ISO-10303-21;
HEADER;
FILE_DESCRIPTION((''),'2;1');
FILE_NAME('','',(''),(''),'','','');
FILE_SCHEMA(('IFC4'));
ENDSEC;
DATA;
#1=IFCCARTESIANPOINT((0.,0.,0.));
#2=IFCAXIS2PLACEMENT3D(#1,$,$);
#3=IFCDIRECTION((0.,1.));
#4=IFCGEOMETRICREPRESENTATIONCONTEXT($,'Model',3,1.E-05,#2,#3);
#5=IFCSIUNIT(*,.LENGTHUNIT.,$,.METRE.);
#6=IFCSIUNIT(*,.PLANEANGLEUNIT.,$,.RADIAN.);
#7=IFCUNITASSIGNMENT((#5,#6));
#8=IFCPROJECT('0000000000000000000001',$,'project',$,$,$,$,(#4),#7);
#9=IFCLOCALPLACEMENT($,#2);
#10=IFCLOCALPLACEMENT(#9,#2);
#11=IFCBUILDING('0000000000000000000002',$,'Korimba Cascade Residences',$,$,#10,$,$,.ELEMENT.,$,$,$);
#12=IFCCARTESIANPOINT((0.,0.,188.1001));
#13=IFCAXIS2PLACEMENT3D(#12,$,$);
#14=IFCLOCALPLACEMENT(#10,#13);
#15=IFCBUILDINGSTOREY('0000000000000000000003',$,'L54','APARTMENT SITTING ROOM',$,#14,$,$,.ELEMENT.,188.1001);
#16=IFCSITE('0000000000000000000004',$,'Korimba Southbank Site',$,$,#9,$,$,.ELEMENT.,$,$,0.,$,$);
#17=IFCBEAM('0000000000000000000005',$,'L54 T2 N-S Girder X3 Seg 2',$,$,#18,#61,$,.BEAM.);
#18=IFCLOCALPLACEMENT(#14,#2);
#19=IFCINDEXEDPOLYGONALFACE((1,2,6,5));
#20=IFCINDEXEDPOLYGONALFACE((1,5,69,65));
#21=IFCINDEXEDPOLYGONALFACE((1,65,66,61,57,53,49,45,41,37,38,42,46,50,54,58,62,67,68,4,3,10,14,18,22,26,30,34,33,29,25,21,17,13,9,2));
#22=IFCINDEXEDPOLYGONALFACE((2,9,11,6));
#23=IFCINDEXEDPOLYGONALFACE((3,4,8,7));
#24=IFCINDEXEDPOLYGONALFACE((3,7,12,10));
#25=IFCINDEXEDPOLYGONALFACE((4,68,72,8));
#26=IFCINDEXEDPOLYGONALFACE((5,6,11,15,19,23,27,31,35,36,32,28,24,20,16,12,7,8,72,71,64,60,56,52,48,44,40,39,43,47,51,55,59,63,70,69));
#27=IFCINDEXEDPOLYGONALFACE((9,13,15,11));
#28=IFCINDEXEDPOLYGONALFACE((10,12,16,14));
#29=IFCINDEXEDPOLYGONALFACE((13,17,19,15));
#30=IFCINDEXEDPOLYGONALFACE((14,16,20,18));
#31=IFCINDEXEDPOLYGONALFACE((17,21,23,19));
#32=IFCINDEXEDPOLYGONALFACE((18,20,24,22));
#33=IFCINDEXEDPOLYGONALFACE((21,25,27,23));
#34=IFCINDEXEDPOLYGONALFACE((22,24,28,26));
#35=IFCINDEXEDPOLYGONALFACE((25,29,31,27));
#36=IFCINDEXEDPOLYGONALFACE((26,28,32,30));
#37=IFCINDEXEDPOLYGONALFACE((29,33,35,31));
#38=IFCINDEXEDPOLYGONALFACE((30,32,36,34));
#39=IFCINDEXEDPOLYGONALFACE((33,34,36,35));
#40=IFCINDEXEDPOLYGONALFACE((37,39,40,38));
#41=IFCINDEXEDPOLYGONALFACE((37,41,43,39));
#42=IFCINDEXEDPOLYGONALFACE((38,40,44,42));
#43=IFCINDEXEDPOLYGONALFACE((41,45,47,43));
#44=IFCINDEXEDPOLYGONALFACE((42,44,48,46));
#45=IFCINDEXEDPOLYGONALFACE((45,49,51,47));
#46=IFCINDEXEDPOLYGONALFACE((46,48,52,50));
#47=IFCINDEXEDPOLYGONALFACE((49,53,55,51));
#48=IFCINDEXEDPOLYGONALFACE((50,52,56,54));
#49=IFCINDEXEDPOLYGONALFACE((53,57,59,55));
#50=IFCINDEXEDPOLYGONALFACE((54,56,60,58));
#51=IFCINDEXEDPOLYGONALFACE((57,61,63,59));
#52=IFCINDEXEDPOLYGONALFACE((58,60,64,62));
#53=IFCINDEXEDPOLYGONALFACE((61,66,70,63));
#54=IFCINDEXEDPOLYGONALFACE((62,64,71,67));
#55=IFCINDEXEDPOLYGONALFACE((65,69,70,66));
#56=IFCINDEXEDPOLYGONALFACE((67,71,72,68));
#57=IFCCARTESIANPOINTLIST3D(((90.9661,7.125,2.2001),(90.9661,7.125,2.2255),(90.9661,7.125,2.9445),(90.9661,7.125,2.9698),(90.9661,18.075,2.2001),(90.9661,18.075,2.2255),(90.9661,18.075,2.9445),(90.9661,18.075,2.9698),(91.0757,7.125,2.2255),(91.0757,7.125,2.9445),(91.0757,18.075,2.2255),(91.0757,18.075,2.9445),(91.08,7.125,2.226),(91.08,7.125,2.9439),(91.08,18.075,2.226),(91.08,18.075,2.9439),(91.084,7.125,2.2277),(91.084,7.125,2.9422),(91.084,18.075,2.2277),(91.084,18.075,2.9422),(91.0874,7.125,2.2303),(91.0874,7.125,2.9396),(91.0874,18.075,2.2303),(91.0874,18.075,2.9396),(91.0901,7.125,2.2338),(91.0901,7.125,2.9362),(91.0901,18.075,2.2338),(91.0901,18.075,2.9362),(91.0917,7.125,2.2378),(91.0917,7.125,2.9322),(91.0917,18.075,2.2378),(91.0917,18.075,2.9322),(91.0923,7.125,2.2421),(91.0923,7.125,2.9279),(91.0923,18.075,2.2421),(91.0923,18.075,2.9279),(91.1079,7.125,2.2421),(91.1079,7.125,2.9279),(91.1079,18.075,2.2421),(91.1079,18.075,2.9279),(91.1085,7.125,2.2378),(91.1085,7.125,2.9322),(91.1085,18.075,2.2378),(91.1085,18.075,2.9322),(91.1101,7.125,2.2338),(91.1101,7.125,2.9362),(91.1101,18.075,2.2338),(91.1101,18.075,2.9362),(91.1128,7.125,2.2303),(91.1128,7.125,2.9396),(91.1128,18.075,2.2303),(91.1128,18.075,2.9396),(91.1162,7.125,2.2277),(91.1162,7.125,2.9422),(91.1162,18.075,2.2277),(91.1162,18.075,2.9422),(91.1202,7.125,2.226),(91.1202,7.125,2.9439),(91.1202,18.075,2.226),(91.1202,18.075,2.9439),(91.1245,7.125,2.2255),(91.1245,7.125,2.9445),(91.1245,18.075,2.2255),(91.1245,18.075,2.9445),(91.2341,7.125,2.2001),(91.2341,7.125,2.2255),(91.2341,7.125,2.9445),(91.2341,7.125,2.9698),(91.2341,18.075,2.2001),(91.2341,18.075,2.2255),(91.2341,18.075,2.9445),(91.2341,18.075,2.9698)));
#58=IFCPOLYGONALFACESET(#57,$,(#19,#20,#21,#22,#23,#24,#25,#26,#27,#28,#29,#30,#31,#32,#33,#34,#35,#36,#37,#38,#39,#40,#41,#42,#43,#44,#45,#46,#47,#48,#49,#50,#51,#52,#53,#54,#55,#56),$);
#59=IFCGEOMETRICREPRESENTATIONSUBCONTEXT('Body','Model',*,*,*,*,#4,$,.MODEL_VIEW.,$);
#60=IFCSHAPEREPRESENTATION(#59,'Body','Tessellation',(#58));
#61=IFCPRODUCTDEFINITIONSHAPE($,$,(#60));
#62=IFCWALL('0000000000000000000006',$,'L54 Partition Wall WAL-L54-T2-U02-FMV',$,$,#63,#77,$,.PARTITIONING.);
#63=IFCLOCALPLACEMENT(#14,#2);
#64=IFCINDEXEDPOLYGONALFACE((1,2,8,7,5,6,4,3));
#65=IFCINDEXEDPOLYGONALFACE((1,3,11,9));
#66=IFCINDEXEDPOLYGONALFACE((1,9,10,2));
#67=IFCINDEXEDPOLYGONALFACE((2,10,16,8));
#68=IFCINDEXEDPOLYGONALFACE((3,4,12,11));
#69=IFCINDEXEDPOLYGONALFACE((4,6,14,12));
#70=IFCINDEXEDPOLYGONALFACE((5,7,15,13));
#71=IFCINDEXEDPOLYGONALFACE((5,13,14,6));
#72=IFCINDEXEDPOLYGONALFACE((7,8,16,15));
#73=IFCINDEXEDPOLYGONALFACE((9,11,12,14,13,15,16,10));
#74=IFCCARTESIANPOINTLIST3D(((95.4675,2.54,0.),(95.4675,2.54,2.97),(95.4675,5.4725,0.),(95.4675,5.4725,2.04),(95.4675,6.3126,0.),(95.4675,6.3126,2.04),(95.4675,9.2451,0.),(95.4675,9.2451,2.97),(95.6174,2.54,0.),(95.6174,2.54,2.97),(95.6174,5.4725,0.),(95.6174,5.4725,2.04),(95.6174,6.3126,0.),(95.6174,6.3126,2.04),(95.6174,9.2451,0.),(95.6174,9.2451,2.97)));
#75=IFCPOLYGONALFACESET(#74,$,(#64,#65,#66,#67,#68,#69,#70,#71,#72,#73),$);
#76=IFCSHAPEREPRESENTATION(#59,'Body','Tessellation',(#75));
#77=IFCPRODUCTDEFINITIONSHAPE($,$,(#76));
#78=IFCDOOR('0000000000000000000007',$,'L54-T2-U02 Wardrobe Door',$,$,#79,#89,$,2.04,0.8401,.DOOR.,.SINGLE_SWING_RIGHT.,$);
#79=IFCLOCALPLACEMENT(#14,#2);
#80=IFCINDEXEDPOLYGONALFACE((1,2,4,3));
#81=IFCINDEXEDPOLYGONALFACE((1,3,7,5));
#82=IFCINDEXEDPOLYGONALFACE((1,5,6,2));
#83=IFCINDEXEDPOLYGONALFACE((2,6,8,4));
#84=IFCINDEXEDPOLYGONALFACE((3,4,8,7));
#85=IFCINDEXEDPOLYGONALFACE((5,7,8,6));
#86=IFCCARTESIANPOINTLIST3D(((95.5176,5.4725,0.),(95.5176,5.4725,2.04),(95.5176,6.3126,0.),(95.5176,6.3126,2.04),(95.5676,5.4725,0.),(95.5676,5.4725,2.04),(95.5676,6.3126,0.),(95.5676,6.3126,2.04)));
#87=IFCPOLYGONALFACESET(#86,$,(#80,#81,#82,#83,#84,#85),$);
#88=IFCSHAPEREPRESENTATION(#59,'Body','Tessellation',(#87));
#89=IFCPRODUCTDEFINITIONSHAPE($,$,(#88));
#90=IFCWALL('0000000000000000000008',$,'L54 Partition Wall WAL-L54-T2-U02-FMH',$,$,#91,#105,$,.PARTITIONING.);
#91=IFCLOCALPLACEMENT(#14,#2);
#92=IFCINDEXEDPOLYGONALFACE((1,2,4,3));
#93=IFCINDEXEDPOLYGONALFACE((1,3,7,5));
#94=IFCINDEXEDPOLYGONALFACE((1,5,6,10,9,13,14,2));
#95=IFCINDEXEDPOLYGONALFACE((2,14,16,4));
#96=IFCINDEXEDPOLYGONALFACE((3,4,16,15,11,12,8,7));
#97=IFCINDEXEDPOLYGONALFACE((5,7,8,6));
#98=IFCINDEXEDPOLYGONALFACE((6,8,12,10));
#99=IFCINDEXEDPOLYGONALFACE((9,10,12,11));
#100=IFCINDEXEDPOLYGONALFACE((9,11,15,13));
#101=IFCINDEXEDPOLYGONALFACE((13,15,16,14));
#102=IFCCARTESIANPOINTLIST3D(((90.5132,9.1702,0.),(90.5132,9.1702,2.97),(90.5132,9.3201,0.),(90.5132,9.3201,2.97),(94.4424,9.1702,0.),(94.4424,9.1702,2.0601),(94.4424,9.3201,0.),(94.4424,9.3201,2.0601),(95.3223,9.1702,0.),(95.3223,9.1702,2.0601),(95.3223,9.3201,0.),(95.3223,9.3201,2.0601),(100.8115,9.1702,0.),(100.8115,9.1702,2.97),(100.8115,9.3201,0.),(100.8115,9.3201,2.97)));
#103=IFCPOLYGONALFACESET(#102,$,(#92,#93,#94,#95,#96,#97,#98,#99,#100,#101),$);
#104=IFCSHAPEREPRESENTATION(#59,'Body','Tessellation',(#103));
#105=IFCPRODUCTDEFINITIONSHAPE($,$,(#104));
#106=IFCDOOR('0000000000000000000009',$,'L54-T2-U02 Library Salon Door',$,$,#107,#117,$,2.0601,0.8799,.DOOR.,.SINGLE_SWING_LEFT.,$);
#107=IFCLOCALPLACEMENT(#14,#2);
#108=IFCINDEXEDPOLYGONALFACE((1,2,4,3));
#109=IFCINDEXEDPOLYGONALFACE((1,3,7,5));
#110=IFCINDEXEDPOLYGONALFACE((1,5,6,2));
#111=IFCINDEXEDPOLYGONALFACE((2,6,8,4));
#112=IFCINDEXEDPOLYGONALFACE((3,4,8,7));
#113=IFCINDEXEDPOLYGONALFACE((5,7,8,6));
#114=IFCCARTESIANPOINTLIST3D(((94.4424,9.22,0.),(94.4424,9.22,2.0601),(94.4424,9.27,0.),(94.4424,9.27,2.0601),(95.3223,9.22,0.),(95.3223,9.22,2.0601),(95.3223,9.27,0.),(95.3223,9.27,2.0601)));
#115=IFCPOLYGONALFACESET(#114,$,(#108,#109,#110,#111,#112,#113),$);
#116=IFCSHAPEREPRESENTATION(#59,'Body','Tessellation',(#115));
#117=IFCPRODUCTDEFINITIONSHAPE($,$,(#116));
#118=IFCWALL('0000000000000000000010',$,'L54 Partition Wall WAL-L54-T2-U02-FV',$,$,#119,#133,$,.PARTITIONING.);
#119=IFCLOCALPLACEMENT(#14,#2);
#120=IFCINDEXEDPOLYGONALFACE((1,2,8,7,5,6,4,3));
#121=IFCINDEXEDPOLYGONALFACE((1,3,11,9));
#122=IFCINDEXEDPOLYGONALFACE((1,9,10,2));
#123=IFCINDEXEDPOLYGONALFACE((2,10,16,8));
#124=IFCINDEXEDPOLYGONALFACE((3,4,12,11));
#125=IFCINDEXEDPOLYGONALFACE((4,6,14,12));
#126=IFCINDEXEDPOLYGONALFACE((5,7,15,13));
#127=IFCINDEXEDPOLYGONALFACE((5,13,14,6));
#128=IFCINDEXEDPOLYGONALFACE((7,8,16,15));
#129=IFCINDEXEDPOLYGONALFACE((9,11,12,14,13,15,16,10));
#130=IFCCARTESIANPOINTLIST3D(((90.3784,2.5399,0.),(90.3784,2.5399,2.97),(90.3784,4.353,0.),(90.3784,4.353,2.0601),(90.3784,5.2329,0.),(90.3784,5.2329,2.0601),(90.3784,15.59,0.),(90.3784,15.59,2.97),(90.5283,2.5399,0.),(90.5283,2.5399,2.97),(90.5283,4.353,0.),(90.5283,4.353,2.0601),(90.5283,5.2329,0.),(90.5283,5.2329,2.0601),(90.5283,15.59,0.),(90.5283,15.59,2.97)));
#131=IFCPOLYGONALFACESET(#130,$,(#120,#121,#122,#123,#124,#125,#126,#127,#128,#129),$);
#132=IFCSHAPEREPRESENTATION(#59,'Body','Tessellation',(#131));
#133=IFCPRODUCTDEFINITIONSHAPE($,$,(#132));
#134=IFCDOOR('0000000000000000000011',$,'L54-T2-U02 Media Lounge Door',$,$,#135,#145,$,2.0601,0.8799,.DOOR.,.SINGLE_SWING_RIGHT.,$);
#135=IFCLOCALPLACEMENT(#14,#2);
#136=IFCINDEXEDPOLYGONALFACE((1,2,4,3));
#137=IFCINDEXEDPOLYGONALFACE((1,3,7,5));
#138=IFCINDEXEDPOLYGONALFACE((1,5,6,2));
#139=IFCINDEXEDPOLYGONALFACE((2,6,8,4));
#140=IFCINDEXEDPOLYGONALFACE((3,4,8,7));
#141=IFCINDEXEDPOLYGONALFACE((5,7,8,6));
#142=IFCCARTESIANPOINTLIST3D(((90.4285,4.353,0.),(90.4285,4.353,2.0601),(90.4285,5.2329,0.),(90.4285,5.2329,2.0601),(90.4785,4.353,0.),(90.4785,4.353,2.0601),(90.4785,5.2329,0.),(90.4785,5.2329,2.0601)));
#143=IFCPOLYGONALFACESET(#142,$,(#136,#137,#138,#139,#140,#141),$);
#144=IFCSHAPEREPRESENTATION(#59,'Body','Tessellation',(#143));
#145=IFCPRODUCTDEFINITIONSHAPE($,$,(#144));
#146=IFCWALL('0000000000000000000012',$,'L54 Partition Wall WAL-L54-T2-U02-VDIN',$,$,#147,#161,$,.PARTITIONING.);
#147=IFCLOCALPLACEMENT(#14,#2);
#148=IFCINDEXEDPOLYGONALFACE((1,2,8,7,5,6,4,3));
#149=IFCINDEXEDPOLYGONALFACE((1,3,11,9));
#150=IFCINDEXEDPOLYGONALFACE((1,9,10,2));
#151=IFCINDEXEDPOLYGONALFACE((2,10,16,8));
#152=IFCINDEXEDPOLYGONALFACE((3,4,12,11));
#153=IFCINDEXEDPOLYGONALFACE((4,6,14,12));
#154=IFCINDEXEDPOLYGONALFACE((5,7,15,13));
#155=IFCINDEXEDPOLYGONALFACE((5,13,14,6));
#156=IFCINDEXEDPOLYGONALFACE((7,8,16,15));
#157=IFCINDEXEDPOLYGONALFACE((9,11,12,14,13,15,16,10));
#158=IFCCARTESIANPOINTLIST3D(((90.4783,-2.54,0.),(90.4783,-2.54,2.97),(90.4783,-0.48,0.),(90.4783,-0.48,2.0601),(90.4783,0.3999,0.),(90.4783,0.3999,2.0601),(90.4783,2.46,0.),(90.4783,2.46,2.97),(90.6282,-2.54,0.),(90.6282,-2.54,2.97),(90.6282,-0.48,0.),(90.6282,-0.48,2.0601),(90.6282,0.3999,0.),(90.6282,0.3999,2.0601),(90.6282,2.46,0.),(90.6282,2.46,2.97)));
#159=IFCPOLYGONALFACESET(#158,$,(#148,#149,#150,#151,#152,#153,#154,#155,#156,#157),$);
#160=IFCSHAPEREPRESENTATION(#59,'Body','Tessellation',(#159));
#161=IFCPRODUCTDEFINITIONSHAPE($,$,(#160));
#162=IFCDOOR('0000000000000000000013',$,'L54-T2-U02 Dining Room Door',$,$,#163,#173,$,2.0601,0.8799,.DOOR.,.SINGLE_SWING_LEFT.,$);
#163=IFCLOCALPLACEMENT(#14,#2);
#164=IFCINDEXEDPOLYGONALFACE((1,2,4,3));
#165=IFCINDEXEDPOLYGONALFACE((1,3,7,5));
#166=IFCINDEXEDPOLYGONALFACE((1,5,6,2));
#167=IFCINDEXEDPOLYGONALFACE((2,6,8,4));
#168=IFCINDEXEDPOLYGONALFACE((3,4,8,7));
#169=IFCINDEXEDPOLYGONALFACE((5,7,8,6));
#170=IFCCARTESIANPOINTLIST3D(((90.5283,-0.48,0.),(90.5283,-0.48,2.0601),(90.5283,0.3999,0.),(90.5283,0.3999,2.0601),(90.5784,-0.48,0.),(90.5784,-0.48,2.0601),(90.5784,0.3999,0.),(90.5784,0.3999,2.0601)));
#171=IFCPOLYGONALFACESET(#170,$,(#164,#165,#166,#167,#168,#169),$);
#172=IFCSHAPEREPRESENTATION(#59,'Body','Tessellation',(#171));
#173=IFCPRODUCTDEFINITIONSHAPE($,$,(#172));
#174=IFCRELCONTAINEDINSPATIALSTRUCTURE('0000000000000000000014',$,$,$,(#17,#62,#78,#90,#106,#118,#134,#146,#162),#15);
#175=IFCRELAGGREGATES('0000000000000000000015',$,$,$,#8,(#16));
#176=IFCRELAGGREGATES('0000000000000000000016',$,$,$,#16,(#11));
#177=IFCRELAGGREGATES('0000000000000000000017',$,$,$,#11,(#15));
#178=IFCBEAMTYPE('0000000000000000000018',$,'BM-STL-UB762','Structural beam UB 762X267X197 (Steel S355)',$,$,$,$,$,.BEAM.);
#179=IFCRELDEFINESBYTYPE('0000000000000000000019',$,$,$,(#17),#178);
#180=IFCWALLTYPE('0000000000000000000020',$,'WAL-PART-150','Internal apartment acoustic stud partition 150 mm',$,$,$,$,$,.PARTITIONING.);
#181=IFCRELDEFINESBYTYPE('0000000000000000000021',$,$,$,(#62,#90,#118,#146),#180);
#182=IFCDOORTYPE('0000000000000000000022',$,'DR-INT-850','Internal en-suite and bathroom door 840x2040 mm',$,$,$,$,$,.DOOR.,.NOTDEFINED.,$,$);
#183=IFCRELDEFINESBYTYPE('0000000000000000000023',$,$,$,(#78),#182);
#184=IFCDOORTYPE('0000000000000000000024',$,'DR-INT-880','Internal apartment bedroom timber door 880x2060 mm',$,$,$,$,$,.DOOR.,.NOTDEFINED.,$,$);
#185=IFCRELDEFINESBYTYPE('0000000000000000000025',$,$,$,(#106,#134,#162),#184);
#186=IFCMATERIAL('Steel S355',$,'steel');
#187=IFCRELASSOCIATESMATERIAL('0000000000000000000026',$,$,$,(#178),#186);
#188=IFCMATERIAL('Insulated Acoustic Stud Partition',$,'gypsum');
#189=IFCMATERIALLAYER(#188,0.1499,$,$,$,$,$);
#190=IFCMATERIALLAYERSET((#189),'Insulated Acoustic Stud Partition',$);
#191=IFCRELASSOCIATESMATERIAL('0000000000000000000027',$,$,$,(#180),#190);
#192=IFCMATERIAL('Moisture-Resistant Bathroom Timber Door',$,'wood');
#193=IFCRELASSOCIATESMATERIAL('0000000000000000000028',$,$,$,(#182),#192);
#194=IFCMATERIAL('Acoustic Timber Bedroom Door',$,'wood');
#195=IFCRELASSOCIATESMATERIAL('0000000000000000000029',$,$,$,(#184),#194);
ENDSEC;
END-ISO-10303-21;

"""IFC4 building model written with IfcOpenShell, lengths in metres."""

from ifc_helpers import new_model, si_unit, direction, frame, frame_2d, origin, origin_2d, place, context, subcontext, project, spatial, rectangle, i_section, extrude, material, layer, layer_set, material_profile, profile_set, type_object, element, fill, save


model = new_model("IFC4")

# Units and contexts
model_context = context("Model", 3, precision=1e-05, world=origin(), true_north=direction((0.0, 1.0)))
body_context = subcontext(model_context, "Body", "Model", "MODEL_VIEW")
ifc_project = project(units=[si_unit("LENGTHUNIT", "METRE"), si_unit("PLANEANGLEUNIT", "RADIAN")], contexts=[model_context])

# Site, building, storey
site_placement = place(None, origin())
site = spatial("IfcSite", under=ifc_project, at=site_placement, Name="Korimba Southbank Site", CompositionType="ELEMENT", RefElevation=0.0)
building_placement = place(site_placement, origin())
building = spatial("IfcBuilding", under=site, at=building_placement, Name="Korimba Cascade Residences", CompositionType="ELEMENT")
storey_placement = place(building_placement, frame((0.0, 0.0, 188.1001)))
storey = spatial("IfcBuildingStorey", under=building, at=storey_placement, Name="L54", Description="APARTMENT SITTING ROOM", CompositionType="ELEMENT", Elevation=188.1001)

# Beam
ifc_material_1 = material(Name="Steel S355", Category="steel")
ifc_material_profile_1 = material_profile(ifc_material_1, i_section(OverallWidth=0.2681, OverallDepth=0.7698, WebThickness=0.0156, FlangeThickness=0.0254, FilletRadius=0.0166, at=origin_2d()), Name="Steel S355")
ifc_profile_set_1 = profile_set([ifc_material_profile_1], Name="Steel S355")
beam_type_1 = type_object("IfcBeamType", Name="BM-STL-UB762", Description="Structural beam UB 762X267X197 (Steel S355)", PredefinedType="BEAM", material=ifc_profile_set_1)
for number, where, z_axis, x_axis, name in (
    (1, (91.1001, 7.125, 2.585), (0.0, 1.0, 0.0), (-1.0, 0.0, 0.0), "L54 T2 N-S Girder X3 Seg 2"),
):
    element("IfcBeam", number, at=place(storey_placement, frame(where, z_axis=z_axis, x_axis=x_axis)), inside=storey, type_object=beam_type_1, Name=name, PredefinedType="BEAM", context=body_context, shape_type="SweptSolid", body=[
        extrude(i_section(OverallWidth=0.2681, OverallDepth=0.7698, WebThickness=0.0156, FlangeThickness=0.0254, FilletRadius=0.0166, at=origin_2d()), origin(), (0.0, 0.0, 1.0), 10.95),
    ])

# Walls, openings, doors
ifc_material_2 = material(Name="Insulated Acoustic Stud Partition", Category="gypsum")
ifc_layer = layer(ifc_material_2, 0.1499)
ifc_layer_set = layer_set([ifc_layer], Name="Insulated Acoustic Stud Partition")
wall_type = type_object("IfcWallType", Name="WAL-PART-150", Description="Internal apartment acoustic stud partition 150 mm", PredefinedType="PARTITIONING", material=ifc_layer_set)
wall_1_placement = place(storey_placement, frame((95.5425, 2.54, 0.0), z_axis=(0.0, 0.0, 1.0), x_axis=(0.0, 1.0, 0.0)))
wall_1 = element("IfcWall", 2, at=wall_1_placement, inside=storey, type_object=wall_type, Name="L54 Partition Wall WAL-L54-T2-U02-FMV", PredefinedType="PARTITIONING", context=body_context, shape_type="SweptSolid", body=[
    extrude(rectangle(XDim=6.7051, YDim=0.1499, at=frame_2d((3.3525, 0.0))), origin(), (0.0, 0.0, 1.0), 2.97),
])
opening_1_placement = place(wall_1_placement, frame((2.9326, 0.0, 0.0)))
opening_1 = element("IfcOpeningElement", 3, at=opening_1_placement, cuts=wall_1, PredefinedType="OPENING", context=body_context, shape_type="SweptSolid", body=[
    extrude(rectangle(XDim=0.8401, YDim=2.04, at=frame_2d((0.4199, 1.02))), frame((0.0, 0.085, 0.0), z_axis=(0.0, -1.0, 0.0), x_axis=(1.0, 0.0, 0.0)), (0.0, 0.0, 1.0), 0.1699),
])
ifc_material_3 = material(Name="Moisture-Resistant Bathroom Timber Door", Category="wood")
door_type_1 = type_object("IfcDoorType", Name="DR-INT-850", Description="Internal en-suite and bathroom door 840x2040 mm", OperationType="NOTDEFINED", PredefinedType="DOOR", material=ifc_material_3)
door_1_placement = place(opening_1_placement, origin())
door_1 = element("IfcDoor", 4, at=door_1_placement, inside=storey, type_object=door_type_1, Name="L54-T2-U02 Wardrobe Door", OperationType="SINGLE_SWING_RIGHT", OverallHeight=2.04, OverallWidth=0.8401, PredefinedType="DOOR", context=body_context, shape_type="SweptSolid", body=[
    extrude(rectangle(XDim=0.8401, YDim=2.04, at=frame_2d((0.4199, 1.02))), frame((0.0, 0.0249, 0.0), z_axis=(0.0, -1.0, 0.0), x_axis=(1.0, 0.0, 0.0)), (0.0, 0.0, 1.0), 0.05),
])
fill(opening_1, door_1)
wall_2_placement = place(storey_placement, frame((90.5132, 9.2451, 0.0), z_axis=(0.0, 0.0, 1.0), x_axis=(1.0, 0.0, 0.0)))
wall_2 = element("IfcWall", 5, at=wall_2_placement, inside=storey, type_object=wall_type, Name="L54 Partition Wall WAL-L54-T2-U02-FMH", PredefinedType="PARTITIONING", context=body_context, shape_type="SweptSolid", body=[
    extrude(rectangle(XDim=10.2983, YDim=0.1499, at=frame_2d((5.1492, 0.0))), origin(), (0.0, 0.0, 1.0), 2.97),
])
opening_2_placement = place(wall_2_placement, frame((3.9292, 0.0, 0.0)))
opening_2 = element("IfcOpeningElement", 6, at=opening_2_placement, cuts=wall_2, PredefinedType="OPENING", context=body_context, shape_type="SweptSolid", body=[
    extrude(rectangle(XDim=0.8799, YDim=2.0601, at=frame_2d((0.4399, 1.03))), frame((0.0, 0.085, 0.0), z_axis=(0.0, -1.0, 0.0), x_axis=(1.0, 0.0, 0.0)), (0.0, 0.0, 1.0), 0.1699),
])
ifc_material_4 = material(Name="Acoustic Timber Bedroom Door", Category="wood")
door_type_2 = type_object("IfcDoorType", Name="DR-INT-880", Description="Internal apartment bedroom timber door 880x2060 mm", OperationType="NOTDEFINED", PredefinedType="DOOR", material=ifc_material_4)
door_2_placement = place(opening_2_placement, origin())
door_2 = element("IfcDoor", 7, at=door_2_placement, inside=storey, type_object=door_type_2, Name="L54-T2-U02 Library Salon Door", OperationType="SINGLE_SWING_LEFT", OverallHeight=2.0601, OverallWidth=0.8799, PredefinedType="DOOR", context=body_context, shape_type="SweptSolid", body=[
    extrude(rectangle(XDim=0.8799, YDim=2.0601, at=frame_2d((0.4399, 1.03))), frame((0.0, 0.0249, 0.0), z_axis=(0.0, -1.0, 0.0), x_axis=(1.0, 0.0, 0.0)), (0.0, 0.0, 1.0), 0.05),
])
fill(opening_2, door_2)
wall_3_placement = place(storey_placement, frame((90.4534, 2.54, 0.0), z_axis=(0.0, 0.0, 1.0), x_axis=(0.0, 1.0, 0.0)))
wall_3 = element("IfcWall", 8, at=wall_3_placement, inside=storey, type_object=wall_type, Name="L54 Partition Wall WAL-L54-T2-U02-FV", PredefinedType="PARTITIONING", context=body_context, shape_type="SweptSolid", body=[
    extrude(rectangle(XDim=13.05, YDim=0.1499, at=frame_2d((6.5249, 0.0))), origin(), (0.0, 0.0, 1.0), 2.97),
])
opening_3_placement = place(wall_3_placement, frame((1.813, 0.0, 0.0)))
opening_3 = element("IfcOpeningElement", 9, at=opening_3_placement, cuts=wall_3, PredefinedType="OPENING", context=body_context, shape_type="SweptSolid", body=[
    extrude(rectangle(XDim=0.8799, YDim=2.0601, at=frame_2d((0.4399, 1.03))), frame((0.0, 0.085, 0.0), z_axis=(0.0, -1.0, 0.0), x_axis=(1.0, 0.0, 0.0)), (0.0, 0.0, 1.0), 0.1699),
])
door_3_placement = place(opening_3_placement, origin())
door_3 = element("IfcDoor", 10, at=door_3_placement, inside=storey, type_object=door_type_2, Name="L54-T2-U02 Media Lounge Door", OperationType="SINGLE_SWING_RIGHT", OverallHeight=2.0601, OverallWidth=0.8799, PredefinedType="DOOR", context=body_context, shape_type="SweptSolid", body=[
    extrude(rectangle(XDim=0.8799, YDim=2.0601, at=frame_2d((0.4399, 1.03))), frame((0.0, 0.0249, 0.0), z_axis=(0.0, -1.0, 0.0), x_axis=(1.0, 0.0, 0.0)), (0.0, 0.0, 1.0), 0.05),
])
fill(opening_3, door_3)
wall_4_placement = place(storey_placement, frame((90.5532, -2.54, 0.0), z_axis=(0.0, 0.0, 1.0), x_axis=(0.0, 1.0, 0.0)))
wall_4 = element("IfcWall", 11, at=wall_4_placement, inside=storey, type_object=wall_type, Name="L54 Partition Wall WAL-L54-T2-U02-VDIN", PredefinedType="PARTITIONING", context=body_context, shape_type="SweptSolid", body=[
    extrude(rectangle(XDim=5.0, YDim=0.1499, at=frame_2d((2.5, 0.0))), origin(), (0.0, 0.0, 1.0), 2.97),
])
opening_4_placement = place(wall_4_placement, frame((2.0601, 0.0, 0.0)))
opening_4 = element("IfcOpeningElement", 12, at=opening_4_placement, cuts=wall_4, PredefinedType="OPENING", context=body_context, shape_type="SweptSolid", body=[
    extrude(rectangle(XDim=0.8799, YDim=2.0601, at=frame_2d((0.4399, 1.03))), frame((0.0, 0.085, 0.0), z_axis=(0.0, -1.0, 0.0), x_axis=(1.0, 0.0, 0.0)), (0.0, 0.0, 1.0), 0.1699),
])
door_4_placement = place(opening_4_placement, origin())
door_4 = element("IfcDoor", 13, at=door_4_placement, inside=storey, type_object=door_type_2, Name="L54-T2-U02 Dining Room Door", OperationType="SINGLE_SWING_LEFT", OverallHeight=2.0601, OverallWidth=0.8799, PredefinedType="DOOR", context=body_context, shape_type="SweptSolid", body=[
    extrude(rectangle(XDim=0.8799, YDim=2.0601, at=frame_2d((0.4399, 1.03))), frame((0.0, 0.0249, 0.0), z_axis=(0.0, -1.0, 0.0), x_axis=(1.0, 0.0, 0.0)), (0.0, 0.0, 1.0), 0.05),
])
fill(opening_4, door_4)

save(model, "model.ifc")
